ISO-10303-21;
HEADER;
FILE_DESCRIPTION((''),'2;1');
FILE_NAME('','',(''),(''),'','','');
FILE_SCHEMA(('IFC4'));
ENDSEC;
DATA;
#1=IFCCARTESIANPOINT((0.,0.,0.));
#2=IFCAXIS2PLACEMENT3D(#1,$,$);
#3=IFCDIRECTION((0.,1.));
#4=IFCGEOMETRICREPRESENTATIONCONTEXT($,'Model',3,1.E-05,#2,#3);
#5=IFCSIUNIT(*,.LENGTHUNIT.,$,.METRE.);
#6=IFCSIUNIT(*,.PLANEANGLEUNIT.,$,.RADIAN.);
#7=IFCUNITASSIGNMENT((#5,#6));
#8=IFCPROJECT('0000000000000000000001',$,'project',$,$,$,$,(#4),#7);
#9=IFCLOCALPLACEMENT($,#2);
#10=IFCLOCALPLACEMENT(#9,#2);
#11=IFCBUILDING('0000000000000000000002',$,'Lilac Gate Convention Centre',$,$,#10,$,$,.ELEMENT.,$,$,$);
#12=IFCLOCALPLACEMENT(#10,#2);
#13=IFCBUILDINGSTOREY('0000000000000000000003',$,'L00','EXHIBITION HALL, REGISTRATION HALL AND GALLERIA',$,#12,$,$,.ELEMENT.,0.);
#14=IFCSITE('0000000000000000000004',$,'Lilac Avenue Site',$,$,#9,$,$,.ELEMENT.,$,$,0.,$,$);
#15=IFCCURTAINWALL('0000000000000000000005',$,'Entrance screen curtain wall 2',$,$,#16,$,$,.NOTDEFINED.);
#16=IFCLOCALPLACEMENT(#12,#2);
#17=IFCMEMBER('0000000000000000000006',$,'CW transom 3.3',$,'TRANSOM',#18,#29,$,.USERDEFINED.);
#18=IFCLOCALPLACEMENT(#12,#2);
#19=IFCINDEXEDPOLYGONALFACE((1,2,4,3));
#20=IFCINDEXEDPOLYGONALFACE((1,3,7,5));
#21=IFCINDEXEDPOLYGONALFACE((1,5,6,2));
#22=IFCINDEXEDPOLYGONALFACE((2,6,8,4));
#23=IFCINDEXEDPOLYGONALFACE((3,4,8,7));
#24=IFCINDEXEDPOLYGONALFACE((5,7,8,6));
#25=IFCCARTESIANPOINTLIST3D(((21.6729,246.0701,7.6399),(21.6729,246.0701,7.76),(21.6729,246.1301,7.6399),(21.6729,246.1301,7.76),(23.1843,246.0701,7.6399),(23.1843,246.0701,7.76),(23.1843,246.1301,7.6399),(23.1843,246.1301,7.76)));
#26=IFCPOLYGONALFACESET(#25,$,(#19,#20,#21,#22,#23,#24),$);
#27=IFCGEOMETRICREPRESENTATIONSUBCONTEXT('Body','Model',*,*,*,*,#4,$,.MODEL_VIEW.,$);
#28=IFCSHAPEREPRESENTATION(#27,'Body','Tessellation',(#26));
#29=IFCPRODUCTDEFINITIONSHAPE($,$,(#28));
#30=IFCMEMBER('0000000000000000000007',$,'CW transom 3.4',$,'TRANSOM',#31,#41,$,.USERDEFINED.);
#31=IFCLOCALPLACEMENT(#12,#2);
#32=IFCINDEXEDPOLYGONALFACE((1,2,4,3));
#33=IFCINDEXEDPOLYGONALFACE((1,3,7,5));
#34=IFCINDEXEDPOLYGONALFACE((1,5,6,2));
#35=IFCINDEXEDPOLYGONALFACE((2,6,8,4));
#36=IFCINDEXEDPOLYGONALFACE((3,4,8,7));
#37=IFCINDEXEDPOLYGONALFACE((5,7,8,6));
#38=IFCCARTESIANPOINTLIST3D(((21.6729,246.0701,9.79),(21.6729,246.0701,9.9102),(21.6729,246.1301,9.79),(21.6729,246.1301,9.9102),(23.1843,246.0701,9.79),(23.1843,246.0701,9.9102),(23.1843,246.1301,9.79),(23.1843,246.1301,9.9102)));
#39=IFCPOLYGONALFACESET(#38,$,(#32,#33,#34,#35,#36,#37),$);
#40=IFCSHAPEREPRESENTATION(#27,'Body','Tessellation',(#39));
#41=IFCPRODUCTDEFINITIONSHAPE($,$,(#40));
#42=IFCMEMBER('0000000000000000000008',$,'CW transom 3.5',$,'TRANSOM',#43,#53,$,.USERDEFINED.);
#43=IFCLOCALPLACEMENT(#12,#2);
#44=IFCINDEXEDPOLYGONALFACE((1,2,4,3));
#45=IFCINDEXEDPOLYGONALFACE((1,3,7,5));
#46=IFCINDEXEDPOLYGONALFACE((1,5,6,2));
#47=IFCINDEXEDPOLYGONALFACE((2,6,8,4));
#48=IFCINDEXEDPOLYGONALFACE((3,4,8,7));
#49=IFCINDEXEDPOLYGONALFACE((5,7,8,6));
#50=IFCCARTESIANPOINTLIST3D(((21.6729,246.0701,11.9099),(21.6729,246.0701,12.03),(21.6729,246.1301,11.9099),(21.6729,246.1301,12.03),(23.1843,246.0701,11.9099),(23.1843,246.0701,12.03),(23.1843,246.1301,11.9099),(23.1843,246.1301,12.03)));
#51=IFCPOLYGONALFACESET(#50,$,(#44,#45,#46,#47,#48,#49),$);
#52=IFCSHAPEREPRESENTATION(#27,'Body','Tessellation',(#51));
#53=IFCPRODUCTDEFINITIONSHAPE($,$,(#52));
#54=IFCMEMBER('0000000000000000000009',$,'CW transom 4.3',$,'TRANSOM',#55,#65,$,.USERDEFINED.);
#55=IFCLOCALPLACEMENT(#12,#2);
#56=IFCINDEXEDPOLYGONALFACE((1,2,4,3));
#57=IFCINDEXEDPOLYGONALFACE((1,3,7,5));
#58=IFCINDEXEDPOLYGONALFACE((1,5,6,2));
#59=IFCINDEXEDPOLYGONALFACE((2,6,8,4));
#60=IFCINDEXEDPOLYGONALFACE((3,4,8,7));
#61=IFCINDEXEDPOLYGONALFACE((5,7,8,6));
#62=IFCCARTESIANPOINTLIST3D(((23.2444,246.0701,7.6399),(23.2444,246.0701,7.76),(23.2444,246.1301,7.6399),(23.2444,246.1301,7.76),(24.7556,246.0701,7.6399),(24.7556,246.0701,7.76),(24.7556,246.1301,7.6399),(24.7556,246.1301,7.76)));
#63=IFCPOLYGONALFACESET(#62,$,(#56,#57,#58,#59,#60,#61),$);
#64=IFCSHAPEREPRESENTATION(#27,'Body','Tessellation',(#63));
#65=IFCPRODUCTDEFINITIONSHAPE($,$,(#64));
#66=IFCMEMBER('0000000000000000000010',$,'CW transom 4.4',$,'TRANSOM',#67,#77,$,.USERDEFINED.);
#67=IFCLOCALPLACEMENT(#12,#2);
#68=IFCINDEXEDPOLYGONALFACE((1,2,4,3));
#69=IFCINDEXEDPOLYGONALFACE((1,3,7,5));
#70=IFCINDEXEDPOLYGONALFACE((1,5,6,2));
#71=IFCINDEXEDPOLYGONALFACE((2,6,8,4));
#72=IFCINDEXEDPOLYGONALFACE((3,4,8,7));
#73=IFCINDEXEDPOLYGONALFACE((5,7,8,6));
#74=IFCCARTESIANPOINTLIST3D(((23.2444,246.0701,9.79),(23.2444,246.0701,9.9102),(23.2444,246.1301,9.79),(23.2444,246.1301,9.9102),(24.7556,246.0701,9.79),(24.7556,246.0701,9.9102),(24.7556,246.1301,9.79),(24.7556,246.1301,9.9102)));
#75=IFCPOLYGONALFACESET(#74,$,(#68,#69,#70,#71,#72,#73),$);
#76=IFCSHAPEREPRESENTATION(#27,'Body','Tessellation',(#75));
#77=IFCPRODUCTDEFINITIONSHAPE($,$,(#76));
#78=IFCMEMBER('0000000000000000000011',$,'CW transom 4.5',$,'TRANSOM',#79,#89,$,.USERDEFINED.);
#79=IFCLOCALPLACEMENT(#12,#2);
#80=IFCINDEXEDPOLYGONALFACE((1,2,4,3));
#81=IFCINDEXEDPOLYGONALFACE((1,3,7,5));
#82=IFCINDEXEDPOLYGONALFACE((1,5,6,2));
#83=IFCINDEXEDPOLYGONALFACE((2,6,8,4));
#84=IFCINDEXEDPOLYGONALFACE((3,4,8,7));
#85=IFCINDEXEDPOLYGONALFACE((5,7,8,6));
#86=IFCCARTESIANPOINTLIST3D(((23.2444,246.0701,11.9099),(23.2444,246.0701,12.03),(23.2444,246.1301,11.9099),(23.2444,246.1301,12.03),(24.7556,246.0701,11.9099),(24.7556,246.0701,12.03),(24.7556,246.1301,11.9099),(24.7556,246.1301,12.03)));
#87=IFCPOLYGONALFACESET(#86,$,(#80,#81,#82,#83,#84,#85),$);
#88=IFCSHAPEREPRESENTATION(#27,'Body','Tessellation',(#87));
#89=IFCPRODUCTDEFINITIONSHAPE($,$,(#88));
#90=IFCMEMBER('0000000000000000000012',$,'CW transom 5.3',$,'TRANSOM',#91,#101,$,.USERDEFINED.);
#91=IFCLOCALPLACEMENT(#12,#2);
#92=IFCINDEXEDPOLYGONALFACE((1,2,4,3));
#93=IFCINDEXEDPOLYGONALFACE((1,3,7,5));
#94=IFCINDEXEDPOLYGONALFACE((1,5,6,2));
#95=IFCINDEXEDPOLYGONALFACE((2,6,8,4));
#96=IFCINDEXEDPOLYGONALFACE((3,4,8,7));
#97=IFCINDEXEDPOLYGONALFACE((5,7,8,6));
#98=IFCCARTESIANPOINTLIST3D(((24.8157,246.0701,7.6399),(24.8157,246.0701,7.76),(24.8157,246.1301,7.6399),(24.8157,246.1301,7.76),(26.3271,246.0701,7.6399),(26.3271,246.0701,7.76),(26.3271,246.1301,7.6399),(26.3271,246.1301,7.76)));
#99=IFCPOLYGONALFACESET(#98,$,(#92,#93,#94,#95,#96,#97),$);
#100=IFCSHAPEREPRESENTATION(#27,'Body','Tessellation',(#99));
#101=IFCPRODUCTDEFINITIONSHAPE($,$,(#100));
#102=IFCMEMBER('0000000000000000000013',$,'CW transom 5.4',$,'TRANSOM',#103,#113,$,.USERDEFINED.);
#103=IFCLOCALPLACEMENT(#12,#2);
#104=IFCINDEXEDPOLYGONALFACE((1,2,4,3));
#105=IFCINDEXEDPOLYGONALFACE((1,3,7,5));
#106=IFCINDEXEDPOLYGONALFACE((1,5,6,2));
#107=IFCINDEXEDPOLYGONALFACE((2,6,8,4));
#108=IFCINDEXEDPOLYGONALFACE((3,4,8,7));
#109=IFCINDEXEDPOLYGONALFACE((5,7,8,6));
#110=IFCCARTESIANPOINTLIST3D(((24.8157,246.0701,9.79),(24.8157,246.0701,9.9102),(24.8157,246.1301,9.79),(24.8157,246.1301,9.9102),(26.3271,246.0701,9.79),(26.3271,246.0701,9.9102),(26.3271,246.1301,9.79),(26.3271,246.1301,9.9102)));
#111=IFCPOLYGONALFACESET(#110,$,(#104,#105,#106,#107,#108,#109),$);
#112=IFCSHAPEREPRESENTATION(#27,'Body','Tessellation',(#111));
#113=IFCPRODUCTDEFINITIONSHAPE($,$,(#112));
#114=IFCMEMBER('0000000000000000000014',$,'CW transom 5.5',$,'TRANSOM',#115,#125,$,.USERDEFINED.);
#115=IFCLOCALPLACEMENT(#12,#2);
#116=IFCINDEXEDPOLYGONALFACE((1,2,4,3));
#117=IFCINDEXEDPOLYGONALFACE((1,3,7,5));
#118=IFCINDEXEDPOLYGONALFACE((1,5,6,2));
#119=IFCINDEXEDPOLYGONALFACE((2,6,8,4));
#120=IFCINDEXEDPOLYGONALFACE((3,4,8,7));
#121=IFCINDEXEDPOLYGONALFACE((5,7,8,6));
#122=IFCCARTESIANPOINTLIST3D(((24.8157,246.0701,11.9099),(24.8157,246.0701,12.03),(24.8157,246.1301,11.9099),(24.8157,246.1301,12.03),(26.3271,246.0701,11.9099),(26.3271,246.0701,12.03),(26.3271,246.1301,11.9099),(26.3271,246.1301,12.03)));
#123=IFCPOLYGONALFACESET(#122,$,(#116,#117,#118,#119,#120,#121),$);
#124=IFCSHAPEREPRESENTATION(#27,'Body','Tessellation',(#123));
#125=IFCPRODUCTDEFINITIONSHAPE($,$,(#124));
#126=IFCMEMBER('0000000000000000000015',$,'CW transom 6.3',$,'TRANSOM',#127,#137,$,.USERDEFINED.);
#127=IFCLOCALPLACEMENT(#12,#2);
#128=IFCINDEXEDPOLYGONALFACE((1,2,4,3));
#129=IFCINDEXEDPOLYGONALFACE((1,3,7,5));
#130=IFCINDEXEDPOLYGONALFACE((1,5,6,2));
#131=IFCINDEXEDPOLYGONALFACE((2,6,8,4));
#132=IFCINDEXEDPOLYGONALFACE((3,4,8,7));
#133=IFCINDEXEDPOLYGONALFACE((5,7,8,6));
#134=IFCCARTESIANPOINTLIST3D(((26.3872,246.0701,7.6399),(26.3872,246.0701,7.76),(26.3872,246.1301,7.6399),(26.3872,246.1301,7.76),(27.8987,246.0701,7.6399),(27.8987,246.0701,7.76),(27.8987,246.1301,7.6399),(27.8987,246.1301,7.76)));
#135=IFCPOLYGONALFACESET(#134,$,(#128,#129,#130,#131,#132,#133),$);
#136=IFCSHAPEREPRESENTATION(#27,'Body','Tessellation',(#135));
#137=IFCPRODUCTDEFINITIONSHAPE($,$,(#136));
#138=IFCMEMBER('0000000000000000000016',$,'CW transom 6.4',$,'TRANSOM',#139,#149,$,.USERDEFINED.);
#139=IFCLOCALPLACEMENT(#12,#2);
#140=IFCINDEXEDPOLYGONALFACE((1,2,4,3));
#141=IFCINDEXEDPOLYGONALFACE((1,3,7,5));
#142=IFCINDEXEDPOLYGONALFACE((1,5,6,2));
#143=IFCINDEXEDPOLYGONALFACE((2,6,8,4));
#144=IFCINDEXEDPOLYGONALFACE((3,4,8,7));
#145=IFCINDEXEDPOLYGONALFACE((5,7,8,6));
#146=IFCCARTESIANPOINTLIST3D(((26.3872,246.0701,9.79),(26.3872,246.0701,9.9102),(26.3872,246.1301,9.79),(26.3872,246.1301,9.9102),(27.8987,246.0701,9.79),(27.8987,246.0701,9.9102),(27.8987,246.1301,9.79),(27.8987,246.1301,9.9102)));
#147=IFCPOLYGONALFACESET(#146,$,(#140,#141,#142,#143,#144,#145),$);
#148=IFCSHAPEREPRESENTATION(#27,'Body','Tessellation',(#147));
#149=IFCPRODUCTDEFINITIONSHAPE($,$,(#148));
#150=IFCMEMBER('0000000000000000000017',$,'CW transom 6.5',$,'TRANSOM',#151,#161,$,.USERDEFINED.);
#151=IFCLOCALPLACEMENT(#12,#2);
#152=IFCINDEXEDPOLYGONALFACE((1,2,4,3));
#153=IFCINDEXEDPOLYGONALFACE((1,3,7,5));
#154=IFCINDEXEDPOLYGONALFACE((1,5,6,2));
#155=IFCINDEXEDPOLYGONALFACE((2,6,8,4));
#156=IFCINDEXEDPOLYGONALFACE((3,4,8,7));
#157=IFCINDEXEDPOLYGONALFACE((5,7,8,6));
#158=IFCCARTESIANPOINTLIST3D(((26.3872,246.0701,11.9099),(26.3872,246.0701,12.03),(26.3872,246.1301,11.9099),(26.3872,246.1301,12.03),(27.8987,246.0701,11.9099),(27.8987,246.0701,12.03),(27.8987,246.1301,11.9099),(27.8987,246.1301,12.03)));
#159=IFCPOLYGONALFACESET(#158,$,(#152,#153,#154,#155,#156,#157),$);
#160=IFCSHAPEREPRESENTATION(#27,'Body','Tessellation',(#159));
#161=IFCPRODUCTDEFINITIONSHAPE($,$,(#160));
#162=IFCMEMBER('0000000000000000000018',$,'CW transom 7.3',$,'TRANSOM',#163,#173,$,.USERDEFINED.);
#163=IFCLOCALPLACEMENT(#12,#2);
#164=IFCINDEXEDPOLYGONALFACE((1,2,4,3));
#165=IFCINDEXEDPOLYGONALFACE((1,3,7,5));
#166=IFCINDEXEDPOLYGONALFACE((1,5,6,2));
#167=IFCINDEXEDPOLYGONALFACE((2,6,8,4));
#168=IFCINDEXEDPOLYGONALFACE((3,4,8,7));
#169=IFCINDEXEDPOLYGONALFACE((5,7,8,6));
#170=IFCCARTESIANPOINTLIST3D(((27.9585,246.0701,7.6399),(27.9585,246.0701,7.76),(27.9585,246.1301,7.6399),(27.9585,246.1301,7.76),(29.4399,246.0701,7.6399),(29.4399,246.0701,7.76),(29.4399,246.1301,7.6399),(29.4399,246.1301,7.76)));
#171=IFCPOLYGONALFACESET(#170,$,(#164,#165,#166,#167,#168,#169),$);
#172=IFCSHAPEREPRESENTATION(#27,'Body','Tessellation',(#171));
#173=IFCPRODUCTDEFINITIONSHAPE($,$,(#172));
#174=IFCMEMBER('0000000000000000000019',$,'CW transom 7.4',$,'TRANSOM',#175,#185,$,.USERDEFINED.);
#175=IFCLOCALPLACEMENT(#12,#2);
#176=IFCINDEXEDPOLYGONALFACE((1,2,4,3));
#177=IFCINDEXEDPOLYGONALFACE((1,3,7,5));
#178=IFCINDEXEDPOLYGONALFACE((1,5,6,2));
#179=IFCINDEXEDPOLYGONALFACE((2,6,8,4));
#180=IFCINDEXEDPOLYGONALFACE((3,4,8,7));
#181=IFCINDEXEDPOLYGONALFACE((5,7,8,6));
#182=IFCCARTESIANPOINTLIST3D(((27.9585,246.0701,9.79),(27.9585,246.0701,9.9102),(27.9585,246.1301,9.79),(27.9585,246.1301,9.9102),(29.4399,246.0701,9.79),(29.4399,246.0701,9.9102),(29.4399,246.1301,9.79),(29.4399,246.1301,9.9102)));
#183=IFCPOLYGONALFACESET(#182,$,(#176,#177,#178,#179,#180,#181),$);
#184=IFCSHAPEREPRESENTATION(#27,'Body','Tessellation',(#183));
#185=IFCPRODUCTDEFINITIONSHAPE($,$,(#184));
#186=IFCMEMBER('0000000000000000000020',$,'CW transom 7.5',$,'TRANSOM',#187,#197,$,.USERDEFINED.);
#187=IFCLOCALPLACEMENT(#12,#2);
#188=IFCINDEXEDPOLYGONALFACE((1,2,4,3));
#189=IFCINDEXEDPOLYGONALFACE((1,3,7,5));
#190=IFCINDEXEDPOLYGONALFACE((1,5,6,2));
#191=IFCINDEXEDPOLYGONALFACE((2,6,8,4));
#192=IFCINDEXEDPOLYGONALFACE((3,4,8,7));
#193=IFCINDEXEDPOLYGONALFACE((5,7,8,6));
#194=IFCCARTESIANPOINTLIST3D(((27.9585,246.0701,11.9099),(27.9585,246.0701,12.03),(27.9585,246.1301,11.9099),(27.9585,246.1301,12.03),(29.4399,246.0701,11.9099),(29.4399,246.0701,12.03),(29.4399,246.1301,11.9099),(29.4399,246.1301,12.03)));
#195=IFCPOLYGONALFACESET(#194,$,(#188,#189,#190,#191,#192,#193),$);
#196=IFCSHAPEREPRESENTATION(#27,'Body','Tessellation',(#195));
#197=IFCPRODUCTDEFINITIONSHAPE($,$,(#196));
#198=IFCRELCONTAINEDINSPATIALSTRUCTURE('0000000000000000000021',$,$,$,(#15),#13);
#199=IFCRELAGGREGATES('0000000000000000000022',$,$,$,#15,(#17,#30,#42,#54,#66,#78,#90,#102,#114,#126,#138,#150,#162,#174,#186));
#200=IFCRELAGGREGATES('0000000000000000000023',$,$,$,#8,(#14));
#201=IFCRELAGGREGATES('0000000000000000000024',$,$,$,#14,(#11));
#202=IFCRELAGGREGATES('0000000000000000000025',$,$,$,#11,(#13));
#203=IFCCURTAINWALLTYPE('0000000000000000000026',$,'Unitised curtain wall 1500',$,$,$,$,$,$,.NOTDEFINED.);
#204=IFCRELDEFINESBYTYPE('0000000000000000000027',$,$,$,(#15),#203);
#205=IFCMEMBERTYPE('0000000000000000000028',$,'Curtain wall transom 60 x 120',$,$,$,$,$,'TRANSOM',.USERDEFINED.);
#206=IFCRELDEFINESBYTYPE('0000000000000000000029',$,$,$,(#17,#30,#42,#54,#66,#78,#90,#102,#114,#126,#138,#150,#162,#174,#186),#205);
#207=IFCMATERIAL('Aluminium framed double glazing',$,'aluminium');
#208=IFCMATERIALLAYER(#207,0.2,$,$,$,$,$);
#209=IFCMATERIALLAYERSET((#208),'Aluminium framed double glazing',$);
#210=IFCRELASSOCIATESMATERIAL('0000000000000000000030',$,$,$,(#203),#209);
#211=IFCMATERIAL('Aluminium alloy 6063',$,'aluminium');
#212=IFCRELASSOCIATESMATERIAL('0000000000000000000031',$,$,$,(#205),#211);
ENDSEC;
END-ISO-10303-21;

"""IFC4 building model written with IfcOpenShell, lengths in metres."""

from ifc_helpers import new_model, si_unit, direction, frame, origin, origin_2d, place, context, subcontext, project, spatial, rectangle, extrude, material, layer, layer_set, material_profile, profile_set, type_object, element, aggregate, save


model = new_model("IFC4")

# Units and contexts
model_context = context("Model", 3, precision=1e-05, world=origin(), true_north=direction((0.0, 1.0)))
body_context = subcontext(model_context, "Body", "Model", "MODEL_VIEW")
ifc_project = project(units=[si_unit("LENGTHUNIT", "METRE"), si_unit("PLANEANGLEUNIT", "RADIAN")], contexts=[model_context])

# Site, building, storey
site_placement = place(None, origin())
site = spatial("IfcSite", under=ifc_project, at=site_placement, Name="Lilac Avenue Site", CompositionType="ELEMENT", RefElevation=0.0)
building_placement = place(site_placement, origin())
building = spatial("IfcBuilding", under=site, at=building_placement, Name="Lilac Gate Convention Centre", CompositionType="ELEMENT")
storey_placement = place(building_placement, origin())
storey = spatial("IfcBuildingStorey", under=building, at=storey_placement, Name="L00", Description="EXHIBITION HALL, REGISTRATION HALL AND GALLERIA", CompositionType="ELEMENT", Elevation=0.0)

# Curtain wall, members
ifc_material_1 = material(Name="Aluminium framed double glazing", Category="aluminium")
ifc_layer_1 = layer(ifc_material_1, 0.2)
ifc_layer_set_1 = layer_set([ifc_layer_1], Name="Aluminium framed double glazing")
curtain_wall_type = type_object("IfcCurtainWallType", Name="Unitised curtain wall 1500", PredefinedType="NOTDEFINED", material=ifc_layer_set_1)
curtain_wall_placement = place(storey_placement, origin())
curtain_wall = element("IfcCurtainWall", 1, at=curtain_wall_placement, inside=storey, type_object=curtain_wall_type, Name="Entrance screen curtain wall 2", PredefinedType="NOTDEFINED")
ifc_material_2 = material(Name="Aluminium alloy 6063", Category="aluminium")
ifc_material_profile = material_profile(ifc_material_2, rectangle(XDim=0.0601, YDim=0.1201, at=origin_2d()), Name="Curtain wall transom 60 x 120")
ifc_profile_set = profile_set([ifc_material_profile], Name="Aluminium alloy 6063")
member_type = type_object("IfcMemberType", Name="Curtain wall transom 60 x 120", ElementType="TRANSOM", PredefinedType="USERDEFINED", material=ifc_profile_set)
member_1_placement = place(storey_placement, frame((21.6729, 246.1001, 7.7), z_axis=(1.0, 0.0, 0.0), x_axis=(0.0, 1.0, 0.0)))
member_1 = element("IfcMember", 2, at=member_1_placement, type_object=member_type, Name="CW transom 3.3", ObjectType="TRANSOM", PredefinedType="USERDEFINED", context=body_context, shape_type="SweptSolid", body=[
    extrude(rectangle(XDim=0.0601, YDim=0.1201, at=origin_2d()), origin(), (0.0, 0.0, 1.0), 1.5115),
])
member_2_placement = place(storey_placement, frame((21.6729, 246.1001, 9.8501), z_axis=(1.0, 0.0, 0.0), x_axis=(0.0, 1.0, 0.0)))
member_2 = element("IfcMember", 3, at=member_2_placement, type_object=member_type, Name="CW transom 3.4", ObjectType="TRANSOM", PredefinedType="USERDEFINED", context=body_context, shape_type="SweptSolid", body=[
    extrude(rectangle(XDim=0.0601, YDim=0.1201, at=origin_2d()), origin(), (0.0, 0.0, 1.0), 1.5115),
])
member_3_placement = place(storey_placement, frame((21.6729, 246.1001, 11.97), z_axis=(1.0, 0.0, 0.0), x_axis=(0.0, 1.0, 0.0)))
member_3 = element("IfcMember", 4, at=member_3_placement, type_object=member_type, Name="CW transom 3.5", ObjectType="TRANSOM", PredefinedType="USERDEFINED", context=body_context, shape_type="SweptSolid", body=[
    extrude(rectangle(XDim=0.0601, YDim=0.1201, at=origin_2d()), origin(), (0.0, 0.0, 1.0), 1.5115),
])
member_4_placement = place(storey_placement, frame((23.2444, 246.1001, 7.7), z_axis=(1.0, 0.0, 0.0), x_axis=(0.0, 1.0, 0.0)))
member_4 = element("IfcMember", 5, at=member_4_placement, type_object=member_type, Name="CW transom 4.3", ObjectType="TRANSOM", PredefinedType="USERDEFINED", context=body_context, shape_type="SweptSolid", body=[
    extrude(rectangle(XDim=0.0601, YDim=0.1201, at=origin_2d()), origin(), (0.0, 0.0, 1.0), 1.5112),
])
member_5_placement = place(storey_placement, frame((23.2444, 246.1001, 9.8501), z_axis=(1.0, 0.0, 0.0), x_axis=(0.0, 1.0, 0.0)))
member_5 = element("IfcMember", 6, at=member_5_placement, type_object=member_type, Name="CW transom 4.4", ObjectType="TRANSOM", PredefinedType="USERDEFINED", context=body_context, shape_type="SweptSolid", body=[
    extrude(rectangle(XDim=0.0601, YDim=0.1201, at=origin_2d()), origin(), (0.0, 0.0, 1.0), 1.5112),
])
member_6_placement = place(storey_placement, frame((23.2444, 246.1001, 11.97), z_axis=(1.0, 0.0, 0.0), x_axis=(0.0, 1.0, 0.0)))
member_6 = element("IfcMember", 7, at=member_6_placement, type_object=member_type, Name="CW transom 4.5", ObjectType="TRANSOM", PredefinedType="USERDEFINED", context=body_context, shape_type="SweptSolid", body=[
    extrude(rectangle(XDim=0.0601, YDim=0.1201, at=origin_2d()), origin(), (0.0, 0.0, 1.0), 1.5112),
])
member_7_placement = place(storey_placement, frame((24.8157, 246.1001, 7.7), z_axis=(1.0, 0.0, 0.0), x_axis=(0.0, 1.0, 0.0)))
member_7 = element("IfcMember", 8, at=member_7_placement, type_object=member_type, Name="CW transom 5.3", ObjectType="TRANSOM", PredefinedType="USERDEFINED", context=body_context, shape_type="SweptSolid", body=[
    extrude(rectangle(XDim=0.0601, YDim=0.1201, at=origin_2d()), origin(), (0.0, 0.0, 1.0), 1.5115),
])
member_8_placement = place(storey_placement, frame((24.8157, 246.1001, 9.8501), z_axis=(1.0, 0.0, 0.0), x_axis=(0.0, 1.0, 0.0)))
member_8 = element("IfcMember", 9, at=member_8_placement, type_object=member_type, Name="CW transom 5.4", ObjectType="TRANSOM", PredefinedType="USERDEFINED", context=body_context, shape_type="SweptSolid", body=[
    extrude(rectangle(XDim=0.0601, YDim=0.1201, at=origin_2d()), origin(), (0.0, 0.0, 1.0), 1.5115),
])
member_9_placement = place(storey_placement, frame((24.8157, 246.1001, 11.97), z_axis=(1.0, 0.0, 0.0), x_axis=(0.0, 1.0, 0.0)))
member_9 = element("IfcMember", 10, at=member_9_placement, type_object=member_type, Name="CW transom 5.5", ObjectType="TRANSOM", PredefinedType="USERDEFINED", context=body_context, shape_type="SweptSolid", body=[
    extrude(rectangle(XDim=0.0601, YDim=0.1201, at=origin_2d()), origin(), (0.0, 0.0, 1.0), 1.5115),
])
member_10_placement = place(storey_placement, frame((26.3872, 246.1001, 7.7), z_axis=(1.0, 0.0, 0.0), x_axis=(0.0, 1.0, 0.0)))
member_10 = element("IfcMember", 11, at=member_10_placement, type_object=member_type, Name="CW transom 6.3", ObjectType="TRANSOM", PredefinedType="USERDEFINED", context=body_context, shape_type="SweptSolid", body=[
    extrude(rectangle(XDim=0.0601, YDim=0.1201, at=origin_2d()), origin(), (0.0, 0.0, 1.0), 1.5115),
])
member_11_placement = place(storey_placement, frame((26.3872, 246.1001, 9.8501), z_axis=(1.0, 0.0, 0.0), x_axis=(0.0, 1.0, 0.0)))
member_11 = element("IfcMember", 12, at=member_11_placement, type_object=member_type, Name="CW transom 6.4", ObjectType="TRANSOM", PredefinedType="USERDEFINED", context=body_context, shape_type="SweptSolid", body=[
    extrude(rectangle(XDim=0.0601, YDim=0.1201, at=origin_2d()), origin(), (0.0, 0.0, 1.0), 1.5115),
])
member_12_placement = place(storey_placement, frame((26.3872, 246.1001, 11.97), z_axis=(1.0, 0.0, 0.0), x_axis=(0.0, 1.0, 0.0)))
member_12 = element("IfcMember", 13, at=member_12_placement, type_object=member_type, Name="CW transom 6.5", ObjectType="TRANSOM", PredefinedType="USERDEFINED", context=body_context, shape_type="SweptSolid", body=[
    extrude(rectangle(XDim=0.0601, YDim=0.1201, at=origin_2d()), origin(), (0.0, 0.0, 1.0), 1.5115),
])
member_13_placement = place(storey_placement, frame((27.9585, 246.1001, 7.7), z_axis=(1.0, 0.0, 0.0), x_axis=(0.0, 1.0, 0.0)))
member_13 = element("IfcMember", 14, at=member_13_placement, type_object=member_type, Name="CW transom 7.3", ObjectType="TRANSOM", PredefinedType="USERDEFINED", context=body_context, shape_type="SweptSolid", body=[
    extrude(rectangle(XDim=0.0601, YDim=0.1201, at=origin_2d()), origin(), (0.0, 0.0, 1.0), 1.4814),
])
member_14_placement = place(storey_placement, frame((27.9585, 246.1001, 9.8501), z_axis=(1.0, 0.0, 0.0), x_axis=(0.0, 1.0, 0.0)))
member_14 = element("IfcMember", 15, at=member_14_placement, type_object=member_type, Name="CW transom 7.4", ObjectType="TRANSOM", PredefinedType="USERDEFINED", context=body_context, shape_type="SweptSolid", body=[
    extrude(rectangle(XDim=0.0601, YDim=0.1201, at=origin_2d()), origin(), (0.0, 0.0, 1.0), 1.4814),
])
member_15_placement = place(storey_placement, frame((27.9585, 246.1001, 11.97), z_axis=(1.0, 0.0, 0.0), x_axis=(0.0, 1.0, 0.0)))
member_15 = element("IfcMember", 16, at=member_15_placement, type_object=member_type, Name="CW transom 7.5", ObjectType="TRANSOM", PredefinedType="USERDEFINED", context=body_context, shape_type="SweptSolid", body=[
    extrude(rectangle(XDim=0.0601, YDim=0.1201, at=origin_2d()), origin(), (0.0, 0.0, 1.0), 1.4814),
])
aggregate(curtain_wall, [member_1, member_2, member_3, member_4, member_5, member_6, member_7, member_8, member_9, member_10, member_11, member_12, member_13, member_14, member_15])

save(model, "model.ifc")
